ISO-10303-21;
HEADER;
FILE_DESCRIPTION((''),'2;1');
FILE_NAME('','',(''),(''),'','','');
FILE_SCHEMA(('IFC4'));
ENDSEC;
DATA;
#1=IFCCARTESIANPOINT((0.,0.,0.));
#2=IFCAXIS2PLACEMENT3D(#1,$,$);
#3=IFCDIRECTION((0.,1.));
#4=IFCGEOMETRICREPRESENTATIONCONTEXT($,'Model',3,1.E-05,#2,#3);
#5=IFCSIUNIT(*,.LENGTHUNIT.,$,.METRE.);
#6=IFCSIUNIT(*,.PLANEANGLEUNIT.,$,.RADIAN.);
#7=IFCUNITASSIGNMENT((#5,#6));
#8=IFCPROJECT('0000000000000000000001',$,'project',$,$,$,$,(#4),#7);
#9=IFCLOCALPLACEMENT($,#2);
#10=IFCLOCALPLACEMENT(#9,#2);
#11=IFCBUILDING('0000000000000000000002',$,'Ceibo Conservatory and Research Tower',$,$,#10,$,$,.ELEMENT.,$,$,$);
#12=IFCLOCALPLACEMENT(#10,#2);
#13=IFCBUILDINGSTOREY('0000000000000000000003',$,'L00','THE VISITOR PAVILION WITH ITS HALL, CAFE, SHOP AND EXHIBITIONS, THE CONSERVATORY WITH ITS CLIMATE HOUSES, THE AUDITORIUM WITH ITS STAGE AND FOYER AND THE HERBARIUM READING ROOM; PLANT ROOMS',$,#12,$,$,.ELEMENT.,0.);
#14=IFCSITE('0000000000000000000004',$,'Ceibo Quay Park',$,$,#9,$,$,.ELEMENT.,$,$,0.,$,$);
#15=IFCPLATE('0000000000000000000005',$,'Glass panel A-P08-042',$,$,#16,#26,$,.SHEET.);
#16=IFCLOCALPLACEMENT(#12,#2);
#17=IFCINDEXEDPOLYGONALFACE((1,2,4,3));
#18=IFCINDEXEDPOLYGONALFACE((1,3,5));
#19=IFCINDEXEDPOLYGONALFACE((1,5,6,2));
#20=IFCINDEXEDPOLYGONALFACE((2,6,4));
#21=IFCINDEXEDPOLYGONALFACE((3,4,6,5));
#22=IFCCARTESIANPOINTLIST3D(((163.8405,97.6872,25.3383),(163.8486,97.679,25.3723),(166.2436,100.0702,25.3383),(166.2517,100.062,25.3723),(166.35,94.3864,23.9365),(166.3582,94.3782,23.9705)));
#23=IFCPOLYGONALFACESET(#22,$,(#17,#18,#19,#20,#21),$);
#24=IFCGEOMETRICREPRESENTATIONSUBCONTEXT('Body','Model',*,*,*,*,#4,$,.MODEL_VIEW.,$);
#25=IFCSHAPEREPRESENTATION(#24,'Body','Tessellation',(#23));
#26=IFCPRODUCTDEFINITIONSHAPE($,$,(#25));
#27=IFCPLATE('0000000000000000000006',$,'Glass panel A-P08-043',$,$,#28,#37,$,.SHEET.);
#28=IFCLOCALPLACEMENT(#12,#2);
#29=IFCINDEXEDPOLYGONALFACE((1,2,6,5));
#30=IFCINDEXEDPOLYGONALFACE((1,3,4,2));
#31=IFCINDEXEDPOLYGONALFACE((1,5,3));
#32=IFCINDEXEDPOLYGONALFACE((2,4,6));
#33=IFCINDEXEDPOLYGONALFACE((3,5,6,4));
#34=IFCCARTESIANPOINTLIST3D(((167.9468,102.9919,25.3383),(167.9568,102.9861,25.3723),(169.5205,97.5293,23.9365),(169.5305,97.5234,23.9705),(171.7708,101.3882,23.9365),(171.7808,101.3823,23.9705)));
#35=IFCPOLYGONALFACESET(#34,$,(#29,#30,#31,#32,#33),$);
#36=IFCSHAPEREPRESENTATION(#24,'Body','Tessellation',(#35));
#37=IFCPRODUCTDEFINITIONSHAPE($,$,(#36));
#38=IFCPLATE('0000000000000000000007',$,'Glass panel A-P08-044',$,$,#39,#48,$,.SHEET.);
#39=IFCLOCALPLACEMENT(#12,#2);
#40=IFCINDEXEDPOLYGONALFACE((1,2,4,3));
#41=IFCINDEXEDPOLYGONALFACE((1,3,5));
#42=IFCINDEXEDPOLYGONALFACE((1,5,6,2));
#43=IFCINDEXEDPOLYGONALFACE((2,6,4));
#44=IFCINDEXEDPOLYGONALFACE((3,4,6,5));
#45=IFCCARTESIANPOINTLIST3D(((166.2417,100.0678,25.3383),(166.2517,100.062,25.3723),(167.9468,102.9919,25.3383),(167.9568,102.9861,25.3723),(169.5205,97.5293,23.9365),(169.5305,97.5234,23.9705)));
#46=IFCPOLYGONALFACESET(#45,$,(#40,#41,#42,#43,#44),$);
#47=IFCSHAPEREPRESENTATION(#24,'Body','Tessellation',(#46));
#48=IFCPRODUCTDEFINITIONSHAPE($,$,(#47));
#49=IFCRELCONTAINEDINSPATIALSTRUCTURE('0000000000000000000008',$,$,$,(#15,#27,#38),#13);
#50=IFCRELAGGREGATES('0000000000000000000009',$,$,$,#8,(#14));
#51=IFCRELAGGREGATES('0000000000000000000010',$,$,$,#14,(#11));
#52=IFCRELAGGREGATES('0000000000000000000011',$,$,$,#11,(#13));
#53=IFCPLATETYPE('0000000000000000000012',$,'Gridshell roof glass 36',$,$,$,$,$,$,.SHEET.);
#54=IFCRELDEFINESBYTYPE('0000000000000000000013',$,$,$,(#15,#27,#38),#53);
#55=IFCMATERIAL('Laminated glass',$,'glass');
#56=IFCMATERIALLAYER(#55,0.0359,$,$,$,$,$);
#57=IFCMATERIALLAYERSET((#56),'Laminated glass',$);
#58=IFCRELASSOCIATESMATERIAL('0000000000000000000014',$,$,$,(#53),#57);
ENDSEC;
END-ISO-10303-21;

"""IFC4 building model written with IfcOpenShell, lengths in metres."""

from ifc_helpers import new_model, si_unit, direction, frame, origin, place, context, subcontext, project, spatial, polyline, outline, extrude, material, layer, layer_set, type_object, element, save


model = new_model("IFC4")

# Units and contexts
model_context = context("Model", 3, precision=1e-05, world=origin(), true_north=direction((0.0, 1.0)))
body_context = subcontext(model_context, "Body", "Model", "MODEL_VIEW")
ifc_project = project(units=[si_unit("LENGTHUNIT", "METRE"), si_unit("PLANEANGLEUNIT", "RADIAN")], contexts=[model_context])

# Site, building, storey
site_placement = place(None, origin())
site = spatial("IfcSite", under=ifc_project, at=site_placement, Name="Ceibo Quay Park", CompositionType="ELEMENT", RefElevation=0.0)
building_placement = place(site_placement, origin())
building = spatial("IfcBuilding", under=site, at=building_placement, Name="Ceibo Conservatory and Research Tower", CompositionType="ELEMENT")
storey_placement = place(building_placement, origin())
storey = spatial("IfcBuildingStorey", under=building, at=storey_placement, Name="L00", Description="THE VISITOR PAVILION WITH ITS HALL, CAFE, SHOP AND EXHIBITIONS, THE CONSERVATORY WITH ITS CLIMATE HOUSES, THE AUDITORIUM WITH ITS STAGE AND FOYER AND THE HERBARIUM READING ROOM; PLANT ROOMS", CompositionType="ELEMENT", Elevation=0.0)

# Plates
ifc_material_1 = material(Name="Laminated glass", Category="glass")
ifc_layer = layer(ifc_material_1, 0.0359)
ifc_layer_set = layer_set([ifc_layer], Name="Laminated glass")
plate_type = type_object("IfcPlateType", Name="Gridshell roof glass 36", PredefinedType="SHEET", material=ifc_layer_set)
plate_1_placement = place(storey_placement, frame((166.3582, 94.3782, 23.9705), z_axis=(0.227273, -0.229182, 0.946479), x_axis=(-0.01818, 0.970745, 0.239423)))
element("IfcPlate", 1, at=plate_1_placement, inside=storey, type_object=plate_type, Name="Glass panel A-P08-042", PredefinedType="SHEET", context=body_context, shape_type="SweptSolid", body=[
    extrude(outline(polyline([(0.0, 0.0), (5.8551, 0.0), (3.5855, 2.5105), (0.0, 0.0)])), origin(), (0.0, 0.0, -1.0), 0.0359),
])
plate_2_placement = place(storey_placement, frame((169.5305, 97.5234, 23.9705), z_axis=(0.278796, -0.162575, 0.946489), x_axis=(0.503742, 0.863854, 0.0)))
element("IfcPlate", 2, at=plate_2_placement, inside=storey, type_object=plate_type, Name="Glass panel A-P08-043", PredefinedType="SHEET", context=body_context, shape_type="SweptSolid", body=[
    extrude(outline(polyline([(0.0, 0.0), (4.4671, 0.0), (3.9262, 4.3437), (0.0, 0.0)])), origin(), (0.0, 0.0, -1.0), 0.0359),
])
plate_3_placement = place(storey_placement, frame((169.5305, 97.5234, 23.9705), z_axis=(0.278801, -0.162574, 0.946488), x_axis=(-0.268779, 0.93297, 0.239424)))
element("IfcPlate", 3, at=plate_3_placement, inside=storey, type_object=plate_type, Name="Glass panel A-P08-044", PredefinedType="SHEET", context=body_context, shape_type="SweptSolid", body=[
    extrude(outline(polyline([(0.0, 0.0), (5.8551, 0.0), (3.5853, 2.5111), (0.0, 0.0)])), origin(), (0.0, 0.0, -1.0), 0.0359),
])

save(model, "model.ifc")
